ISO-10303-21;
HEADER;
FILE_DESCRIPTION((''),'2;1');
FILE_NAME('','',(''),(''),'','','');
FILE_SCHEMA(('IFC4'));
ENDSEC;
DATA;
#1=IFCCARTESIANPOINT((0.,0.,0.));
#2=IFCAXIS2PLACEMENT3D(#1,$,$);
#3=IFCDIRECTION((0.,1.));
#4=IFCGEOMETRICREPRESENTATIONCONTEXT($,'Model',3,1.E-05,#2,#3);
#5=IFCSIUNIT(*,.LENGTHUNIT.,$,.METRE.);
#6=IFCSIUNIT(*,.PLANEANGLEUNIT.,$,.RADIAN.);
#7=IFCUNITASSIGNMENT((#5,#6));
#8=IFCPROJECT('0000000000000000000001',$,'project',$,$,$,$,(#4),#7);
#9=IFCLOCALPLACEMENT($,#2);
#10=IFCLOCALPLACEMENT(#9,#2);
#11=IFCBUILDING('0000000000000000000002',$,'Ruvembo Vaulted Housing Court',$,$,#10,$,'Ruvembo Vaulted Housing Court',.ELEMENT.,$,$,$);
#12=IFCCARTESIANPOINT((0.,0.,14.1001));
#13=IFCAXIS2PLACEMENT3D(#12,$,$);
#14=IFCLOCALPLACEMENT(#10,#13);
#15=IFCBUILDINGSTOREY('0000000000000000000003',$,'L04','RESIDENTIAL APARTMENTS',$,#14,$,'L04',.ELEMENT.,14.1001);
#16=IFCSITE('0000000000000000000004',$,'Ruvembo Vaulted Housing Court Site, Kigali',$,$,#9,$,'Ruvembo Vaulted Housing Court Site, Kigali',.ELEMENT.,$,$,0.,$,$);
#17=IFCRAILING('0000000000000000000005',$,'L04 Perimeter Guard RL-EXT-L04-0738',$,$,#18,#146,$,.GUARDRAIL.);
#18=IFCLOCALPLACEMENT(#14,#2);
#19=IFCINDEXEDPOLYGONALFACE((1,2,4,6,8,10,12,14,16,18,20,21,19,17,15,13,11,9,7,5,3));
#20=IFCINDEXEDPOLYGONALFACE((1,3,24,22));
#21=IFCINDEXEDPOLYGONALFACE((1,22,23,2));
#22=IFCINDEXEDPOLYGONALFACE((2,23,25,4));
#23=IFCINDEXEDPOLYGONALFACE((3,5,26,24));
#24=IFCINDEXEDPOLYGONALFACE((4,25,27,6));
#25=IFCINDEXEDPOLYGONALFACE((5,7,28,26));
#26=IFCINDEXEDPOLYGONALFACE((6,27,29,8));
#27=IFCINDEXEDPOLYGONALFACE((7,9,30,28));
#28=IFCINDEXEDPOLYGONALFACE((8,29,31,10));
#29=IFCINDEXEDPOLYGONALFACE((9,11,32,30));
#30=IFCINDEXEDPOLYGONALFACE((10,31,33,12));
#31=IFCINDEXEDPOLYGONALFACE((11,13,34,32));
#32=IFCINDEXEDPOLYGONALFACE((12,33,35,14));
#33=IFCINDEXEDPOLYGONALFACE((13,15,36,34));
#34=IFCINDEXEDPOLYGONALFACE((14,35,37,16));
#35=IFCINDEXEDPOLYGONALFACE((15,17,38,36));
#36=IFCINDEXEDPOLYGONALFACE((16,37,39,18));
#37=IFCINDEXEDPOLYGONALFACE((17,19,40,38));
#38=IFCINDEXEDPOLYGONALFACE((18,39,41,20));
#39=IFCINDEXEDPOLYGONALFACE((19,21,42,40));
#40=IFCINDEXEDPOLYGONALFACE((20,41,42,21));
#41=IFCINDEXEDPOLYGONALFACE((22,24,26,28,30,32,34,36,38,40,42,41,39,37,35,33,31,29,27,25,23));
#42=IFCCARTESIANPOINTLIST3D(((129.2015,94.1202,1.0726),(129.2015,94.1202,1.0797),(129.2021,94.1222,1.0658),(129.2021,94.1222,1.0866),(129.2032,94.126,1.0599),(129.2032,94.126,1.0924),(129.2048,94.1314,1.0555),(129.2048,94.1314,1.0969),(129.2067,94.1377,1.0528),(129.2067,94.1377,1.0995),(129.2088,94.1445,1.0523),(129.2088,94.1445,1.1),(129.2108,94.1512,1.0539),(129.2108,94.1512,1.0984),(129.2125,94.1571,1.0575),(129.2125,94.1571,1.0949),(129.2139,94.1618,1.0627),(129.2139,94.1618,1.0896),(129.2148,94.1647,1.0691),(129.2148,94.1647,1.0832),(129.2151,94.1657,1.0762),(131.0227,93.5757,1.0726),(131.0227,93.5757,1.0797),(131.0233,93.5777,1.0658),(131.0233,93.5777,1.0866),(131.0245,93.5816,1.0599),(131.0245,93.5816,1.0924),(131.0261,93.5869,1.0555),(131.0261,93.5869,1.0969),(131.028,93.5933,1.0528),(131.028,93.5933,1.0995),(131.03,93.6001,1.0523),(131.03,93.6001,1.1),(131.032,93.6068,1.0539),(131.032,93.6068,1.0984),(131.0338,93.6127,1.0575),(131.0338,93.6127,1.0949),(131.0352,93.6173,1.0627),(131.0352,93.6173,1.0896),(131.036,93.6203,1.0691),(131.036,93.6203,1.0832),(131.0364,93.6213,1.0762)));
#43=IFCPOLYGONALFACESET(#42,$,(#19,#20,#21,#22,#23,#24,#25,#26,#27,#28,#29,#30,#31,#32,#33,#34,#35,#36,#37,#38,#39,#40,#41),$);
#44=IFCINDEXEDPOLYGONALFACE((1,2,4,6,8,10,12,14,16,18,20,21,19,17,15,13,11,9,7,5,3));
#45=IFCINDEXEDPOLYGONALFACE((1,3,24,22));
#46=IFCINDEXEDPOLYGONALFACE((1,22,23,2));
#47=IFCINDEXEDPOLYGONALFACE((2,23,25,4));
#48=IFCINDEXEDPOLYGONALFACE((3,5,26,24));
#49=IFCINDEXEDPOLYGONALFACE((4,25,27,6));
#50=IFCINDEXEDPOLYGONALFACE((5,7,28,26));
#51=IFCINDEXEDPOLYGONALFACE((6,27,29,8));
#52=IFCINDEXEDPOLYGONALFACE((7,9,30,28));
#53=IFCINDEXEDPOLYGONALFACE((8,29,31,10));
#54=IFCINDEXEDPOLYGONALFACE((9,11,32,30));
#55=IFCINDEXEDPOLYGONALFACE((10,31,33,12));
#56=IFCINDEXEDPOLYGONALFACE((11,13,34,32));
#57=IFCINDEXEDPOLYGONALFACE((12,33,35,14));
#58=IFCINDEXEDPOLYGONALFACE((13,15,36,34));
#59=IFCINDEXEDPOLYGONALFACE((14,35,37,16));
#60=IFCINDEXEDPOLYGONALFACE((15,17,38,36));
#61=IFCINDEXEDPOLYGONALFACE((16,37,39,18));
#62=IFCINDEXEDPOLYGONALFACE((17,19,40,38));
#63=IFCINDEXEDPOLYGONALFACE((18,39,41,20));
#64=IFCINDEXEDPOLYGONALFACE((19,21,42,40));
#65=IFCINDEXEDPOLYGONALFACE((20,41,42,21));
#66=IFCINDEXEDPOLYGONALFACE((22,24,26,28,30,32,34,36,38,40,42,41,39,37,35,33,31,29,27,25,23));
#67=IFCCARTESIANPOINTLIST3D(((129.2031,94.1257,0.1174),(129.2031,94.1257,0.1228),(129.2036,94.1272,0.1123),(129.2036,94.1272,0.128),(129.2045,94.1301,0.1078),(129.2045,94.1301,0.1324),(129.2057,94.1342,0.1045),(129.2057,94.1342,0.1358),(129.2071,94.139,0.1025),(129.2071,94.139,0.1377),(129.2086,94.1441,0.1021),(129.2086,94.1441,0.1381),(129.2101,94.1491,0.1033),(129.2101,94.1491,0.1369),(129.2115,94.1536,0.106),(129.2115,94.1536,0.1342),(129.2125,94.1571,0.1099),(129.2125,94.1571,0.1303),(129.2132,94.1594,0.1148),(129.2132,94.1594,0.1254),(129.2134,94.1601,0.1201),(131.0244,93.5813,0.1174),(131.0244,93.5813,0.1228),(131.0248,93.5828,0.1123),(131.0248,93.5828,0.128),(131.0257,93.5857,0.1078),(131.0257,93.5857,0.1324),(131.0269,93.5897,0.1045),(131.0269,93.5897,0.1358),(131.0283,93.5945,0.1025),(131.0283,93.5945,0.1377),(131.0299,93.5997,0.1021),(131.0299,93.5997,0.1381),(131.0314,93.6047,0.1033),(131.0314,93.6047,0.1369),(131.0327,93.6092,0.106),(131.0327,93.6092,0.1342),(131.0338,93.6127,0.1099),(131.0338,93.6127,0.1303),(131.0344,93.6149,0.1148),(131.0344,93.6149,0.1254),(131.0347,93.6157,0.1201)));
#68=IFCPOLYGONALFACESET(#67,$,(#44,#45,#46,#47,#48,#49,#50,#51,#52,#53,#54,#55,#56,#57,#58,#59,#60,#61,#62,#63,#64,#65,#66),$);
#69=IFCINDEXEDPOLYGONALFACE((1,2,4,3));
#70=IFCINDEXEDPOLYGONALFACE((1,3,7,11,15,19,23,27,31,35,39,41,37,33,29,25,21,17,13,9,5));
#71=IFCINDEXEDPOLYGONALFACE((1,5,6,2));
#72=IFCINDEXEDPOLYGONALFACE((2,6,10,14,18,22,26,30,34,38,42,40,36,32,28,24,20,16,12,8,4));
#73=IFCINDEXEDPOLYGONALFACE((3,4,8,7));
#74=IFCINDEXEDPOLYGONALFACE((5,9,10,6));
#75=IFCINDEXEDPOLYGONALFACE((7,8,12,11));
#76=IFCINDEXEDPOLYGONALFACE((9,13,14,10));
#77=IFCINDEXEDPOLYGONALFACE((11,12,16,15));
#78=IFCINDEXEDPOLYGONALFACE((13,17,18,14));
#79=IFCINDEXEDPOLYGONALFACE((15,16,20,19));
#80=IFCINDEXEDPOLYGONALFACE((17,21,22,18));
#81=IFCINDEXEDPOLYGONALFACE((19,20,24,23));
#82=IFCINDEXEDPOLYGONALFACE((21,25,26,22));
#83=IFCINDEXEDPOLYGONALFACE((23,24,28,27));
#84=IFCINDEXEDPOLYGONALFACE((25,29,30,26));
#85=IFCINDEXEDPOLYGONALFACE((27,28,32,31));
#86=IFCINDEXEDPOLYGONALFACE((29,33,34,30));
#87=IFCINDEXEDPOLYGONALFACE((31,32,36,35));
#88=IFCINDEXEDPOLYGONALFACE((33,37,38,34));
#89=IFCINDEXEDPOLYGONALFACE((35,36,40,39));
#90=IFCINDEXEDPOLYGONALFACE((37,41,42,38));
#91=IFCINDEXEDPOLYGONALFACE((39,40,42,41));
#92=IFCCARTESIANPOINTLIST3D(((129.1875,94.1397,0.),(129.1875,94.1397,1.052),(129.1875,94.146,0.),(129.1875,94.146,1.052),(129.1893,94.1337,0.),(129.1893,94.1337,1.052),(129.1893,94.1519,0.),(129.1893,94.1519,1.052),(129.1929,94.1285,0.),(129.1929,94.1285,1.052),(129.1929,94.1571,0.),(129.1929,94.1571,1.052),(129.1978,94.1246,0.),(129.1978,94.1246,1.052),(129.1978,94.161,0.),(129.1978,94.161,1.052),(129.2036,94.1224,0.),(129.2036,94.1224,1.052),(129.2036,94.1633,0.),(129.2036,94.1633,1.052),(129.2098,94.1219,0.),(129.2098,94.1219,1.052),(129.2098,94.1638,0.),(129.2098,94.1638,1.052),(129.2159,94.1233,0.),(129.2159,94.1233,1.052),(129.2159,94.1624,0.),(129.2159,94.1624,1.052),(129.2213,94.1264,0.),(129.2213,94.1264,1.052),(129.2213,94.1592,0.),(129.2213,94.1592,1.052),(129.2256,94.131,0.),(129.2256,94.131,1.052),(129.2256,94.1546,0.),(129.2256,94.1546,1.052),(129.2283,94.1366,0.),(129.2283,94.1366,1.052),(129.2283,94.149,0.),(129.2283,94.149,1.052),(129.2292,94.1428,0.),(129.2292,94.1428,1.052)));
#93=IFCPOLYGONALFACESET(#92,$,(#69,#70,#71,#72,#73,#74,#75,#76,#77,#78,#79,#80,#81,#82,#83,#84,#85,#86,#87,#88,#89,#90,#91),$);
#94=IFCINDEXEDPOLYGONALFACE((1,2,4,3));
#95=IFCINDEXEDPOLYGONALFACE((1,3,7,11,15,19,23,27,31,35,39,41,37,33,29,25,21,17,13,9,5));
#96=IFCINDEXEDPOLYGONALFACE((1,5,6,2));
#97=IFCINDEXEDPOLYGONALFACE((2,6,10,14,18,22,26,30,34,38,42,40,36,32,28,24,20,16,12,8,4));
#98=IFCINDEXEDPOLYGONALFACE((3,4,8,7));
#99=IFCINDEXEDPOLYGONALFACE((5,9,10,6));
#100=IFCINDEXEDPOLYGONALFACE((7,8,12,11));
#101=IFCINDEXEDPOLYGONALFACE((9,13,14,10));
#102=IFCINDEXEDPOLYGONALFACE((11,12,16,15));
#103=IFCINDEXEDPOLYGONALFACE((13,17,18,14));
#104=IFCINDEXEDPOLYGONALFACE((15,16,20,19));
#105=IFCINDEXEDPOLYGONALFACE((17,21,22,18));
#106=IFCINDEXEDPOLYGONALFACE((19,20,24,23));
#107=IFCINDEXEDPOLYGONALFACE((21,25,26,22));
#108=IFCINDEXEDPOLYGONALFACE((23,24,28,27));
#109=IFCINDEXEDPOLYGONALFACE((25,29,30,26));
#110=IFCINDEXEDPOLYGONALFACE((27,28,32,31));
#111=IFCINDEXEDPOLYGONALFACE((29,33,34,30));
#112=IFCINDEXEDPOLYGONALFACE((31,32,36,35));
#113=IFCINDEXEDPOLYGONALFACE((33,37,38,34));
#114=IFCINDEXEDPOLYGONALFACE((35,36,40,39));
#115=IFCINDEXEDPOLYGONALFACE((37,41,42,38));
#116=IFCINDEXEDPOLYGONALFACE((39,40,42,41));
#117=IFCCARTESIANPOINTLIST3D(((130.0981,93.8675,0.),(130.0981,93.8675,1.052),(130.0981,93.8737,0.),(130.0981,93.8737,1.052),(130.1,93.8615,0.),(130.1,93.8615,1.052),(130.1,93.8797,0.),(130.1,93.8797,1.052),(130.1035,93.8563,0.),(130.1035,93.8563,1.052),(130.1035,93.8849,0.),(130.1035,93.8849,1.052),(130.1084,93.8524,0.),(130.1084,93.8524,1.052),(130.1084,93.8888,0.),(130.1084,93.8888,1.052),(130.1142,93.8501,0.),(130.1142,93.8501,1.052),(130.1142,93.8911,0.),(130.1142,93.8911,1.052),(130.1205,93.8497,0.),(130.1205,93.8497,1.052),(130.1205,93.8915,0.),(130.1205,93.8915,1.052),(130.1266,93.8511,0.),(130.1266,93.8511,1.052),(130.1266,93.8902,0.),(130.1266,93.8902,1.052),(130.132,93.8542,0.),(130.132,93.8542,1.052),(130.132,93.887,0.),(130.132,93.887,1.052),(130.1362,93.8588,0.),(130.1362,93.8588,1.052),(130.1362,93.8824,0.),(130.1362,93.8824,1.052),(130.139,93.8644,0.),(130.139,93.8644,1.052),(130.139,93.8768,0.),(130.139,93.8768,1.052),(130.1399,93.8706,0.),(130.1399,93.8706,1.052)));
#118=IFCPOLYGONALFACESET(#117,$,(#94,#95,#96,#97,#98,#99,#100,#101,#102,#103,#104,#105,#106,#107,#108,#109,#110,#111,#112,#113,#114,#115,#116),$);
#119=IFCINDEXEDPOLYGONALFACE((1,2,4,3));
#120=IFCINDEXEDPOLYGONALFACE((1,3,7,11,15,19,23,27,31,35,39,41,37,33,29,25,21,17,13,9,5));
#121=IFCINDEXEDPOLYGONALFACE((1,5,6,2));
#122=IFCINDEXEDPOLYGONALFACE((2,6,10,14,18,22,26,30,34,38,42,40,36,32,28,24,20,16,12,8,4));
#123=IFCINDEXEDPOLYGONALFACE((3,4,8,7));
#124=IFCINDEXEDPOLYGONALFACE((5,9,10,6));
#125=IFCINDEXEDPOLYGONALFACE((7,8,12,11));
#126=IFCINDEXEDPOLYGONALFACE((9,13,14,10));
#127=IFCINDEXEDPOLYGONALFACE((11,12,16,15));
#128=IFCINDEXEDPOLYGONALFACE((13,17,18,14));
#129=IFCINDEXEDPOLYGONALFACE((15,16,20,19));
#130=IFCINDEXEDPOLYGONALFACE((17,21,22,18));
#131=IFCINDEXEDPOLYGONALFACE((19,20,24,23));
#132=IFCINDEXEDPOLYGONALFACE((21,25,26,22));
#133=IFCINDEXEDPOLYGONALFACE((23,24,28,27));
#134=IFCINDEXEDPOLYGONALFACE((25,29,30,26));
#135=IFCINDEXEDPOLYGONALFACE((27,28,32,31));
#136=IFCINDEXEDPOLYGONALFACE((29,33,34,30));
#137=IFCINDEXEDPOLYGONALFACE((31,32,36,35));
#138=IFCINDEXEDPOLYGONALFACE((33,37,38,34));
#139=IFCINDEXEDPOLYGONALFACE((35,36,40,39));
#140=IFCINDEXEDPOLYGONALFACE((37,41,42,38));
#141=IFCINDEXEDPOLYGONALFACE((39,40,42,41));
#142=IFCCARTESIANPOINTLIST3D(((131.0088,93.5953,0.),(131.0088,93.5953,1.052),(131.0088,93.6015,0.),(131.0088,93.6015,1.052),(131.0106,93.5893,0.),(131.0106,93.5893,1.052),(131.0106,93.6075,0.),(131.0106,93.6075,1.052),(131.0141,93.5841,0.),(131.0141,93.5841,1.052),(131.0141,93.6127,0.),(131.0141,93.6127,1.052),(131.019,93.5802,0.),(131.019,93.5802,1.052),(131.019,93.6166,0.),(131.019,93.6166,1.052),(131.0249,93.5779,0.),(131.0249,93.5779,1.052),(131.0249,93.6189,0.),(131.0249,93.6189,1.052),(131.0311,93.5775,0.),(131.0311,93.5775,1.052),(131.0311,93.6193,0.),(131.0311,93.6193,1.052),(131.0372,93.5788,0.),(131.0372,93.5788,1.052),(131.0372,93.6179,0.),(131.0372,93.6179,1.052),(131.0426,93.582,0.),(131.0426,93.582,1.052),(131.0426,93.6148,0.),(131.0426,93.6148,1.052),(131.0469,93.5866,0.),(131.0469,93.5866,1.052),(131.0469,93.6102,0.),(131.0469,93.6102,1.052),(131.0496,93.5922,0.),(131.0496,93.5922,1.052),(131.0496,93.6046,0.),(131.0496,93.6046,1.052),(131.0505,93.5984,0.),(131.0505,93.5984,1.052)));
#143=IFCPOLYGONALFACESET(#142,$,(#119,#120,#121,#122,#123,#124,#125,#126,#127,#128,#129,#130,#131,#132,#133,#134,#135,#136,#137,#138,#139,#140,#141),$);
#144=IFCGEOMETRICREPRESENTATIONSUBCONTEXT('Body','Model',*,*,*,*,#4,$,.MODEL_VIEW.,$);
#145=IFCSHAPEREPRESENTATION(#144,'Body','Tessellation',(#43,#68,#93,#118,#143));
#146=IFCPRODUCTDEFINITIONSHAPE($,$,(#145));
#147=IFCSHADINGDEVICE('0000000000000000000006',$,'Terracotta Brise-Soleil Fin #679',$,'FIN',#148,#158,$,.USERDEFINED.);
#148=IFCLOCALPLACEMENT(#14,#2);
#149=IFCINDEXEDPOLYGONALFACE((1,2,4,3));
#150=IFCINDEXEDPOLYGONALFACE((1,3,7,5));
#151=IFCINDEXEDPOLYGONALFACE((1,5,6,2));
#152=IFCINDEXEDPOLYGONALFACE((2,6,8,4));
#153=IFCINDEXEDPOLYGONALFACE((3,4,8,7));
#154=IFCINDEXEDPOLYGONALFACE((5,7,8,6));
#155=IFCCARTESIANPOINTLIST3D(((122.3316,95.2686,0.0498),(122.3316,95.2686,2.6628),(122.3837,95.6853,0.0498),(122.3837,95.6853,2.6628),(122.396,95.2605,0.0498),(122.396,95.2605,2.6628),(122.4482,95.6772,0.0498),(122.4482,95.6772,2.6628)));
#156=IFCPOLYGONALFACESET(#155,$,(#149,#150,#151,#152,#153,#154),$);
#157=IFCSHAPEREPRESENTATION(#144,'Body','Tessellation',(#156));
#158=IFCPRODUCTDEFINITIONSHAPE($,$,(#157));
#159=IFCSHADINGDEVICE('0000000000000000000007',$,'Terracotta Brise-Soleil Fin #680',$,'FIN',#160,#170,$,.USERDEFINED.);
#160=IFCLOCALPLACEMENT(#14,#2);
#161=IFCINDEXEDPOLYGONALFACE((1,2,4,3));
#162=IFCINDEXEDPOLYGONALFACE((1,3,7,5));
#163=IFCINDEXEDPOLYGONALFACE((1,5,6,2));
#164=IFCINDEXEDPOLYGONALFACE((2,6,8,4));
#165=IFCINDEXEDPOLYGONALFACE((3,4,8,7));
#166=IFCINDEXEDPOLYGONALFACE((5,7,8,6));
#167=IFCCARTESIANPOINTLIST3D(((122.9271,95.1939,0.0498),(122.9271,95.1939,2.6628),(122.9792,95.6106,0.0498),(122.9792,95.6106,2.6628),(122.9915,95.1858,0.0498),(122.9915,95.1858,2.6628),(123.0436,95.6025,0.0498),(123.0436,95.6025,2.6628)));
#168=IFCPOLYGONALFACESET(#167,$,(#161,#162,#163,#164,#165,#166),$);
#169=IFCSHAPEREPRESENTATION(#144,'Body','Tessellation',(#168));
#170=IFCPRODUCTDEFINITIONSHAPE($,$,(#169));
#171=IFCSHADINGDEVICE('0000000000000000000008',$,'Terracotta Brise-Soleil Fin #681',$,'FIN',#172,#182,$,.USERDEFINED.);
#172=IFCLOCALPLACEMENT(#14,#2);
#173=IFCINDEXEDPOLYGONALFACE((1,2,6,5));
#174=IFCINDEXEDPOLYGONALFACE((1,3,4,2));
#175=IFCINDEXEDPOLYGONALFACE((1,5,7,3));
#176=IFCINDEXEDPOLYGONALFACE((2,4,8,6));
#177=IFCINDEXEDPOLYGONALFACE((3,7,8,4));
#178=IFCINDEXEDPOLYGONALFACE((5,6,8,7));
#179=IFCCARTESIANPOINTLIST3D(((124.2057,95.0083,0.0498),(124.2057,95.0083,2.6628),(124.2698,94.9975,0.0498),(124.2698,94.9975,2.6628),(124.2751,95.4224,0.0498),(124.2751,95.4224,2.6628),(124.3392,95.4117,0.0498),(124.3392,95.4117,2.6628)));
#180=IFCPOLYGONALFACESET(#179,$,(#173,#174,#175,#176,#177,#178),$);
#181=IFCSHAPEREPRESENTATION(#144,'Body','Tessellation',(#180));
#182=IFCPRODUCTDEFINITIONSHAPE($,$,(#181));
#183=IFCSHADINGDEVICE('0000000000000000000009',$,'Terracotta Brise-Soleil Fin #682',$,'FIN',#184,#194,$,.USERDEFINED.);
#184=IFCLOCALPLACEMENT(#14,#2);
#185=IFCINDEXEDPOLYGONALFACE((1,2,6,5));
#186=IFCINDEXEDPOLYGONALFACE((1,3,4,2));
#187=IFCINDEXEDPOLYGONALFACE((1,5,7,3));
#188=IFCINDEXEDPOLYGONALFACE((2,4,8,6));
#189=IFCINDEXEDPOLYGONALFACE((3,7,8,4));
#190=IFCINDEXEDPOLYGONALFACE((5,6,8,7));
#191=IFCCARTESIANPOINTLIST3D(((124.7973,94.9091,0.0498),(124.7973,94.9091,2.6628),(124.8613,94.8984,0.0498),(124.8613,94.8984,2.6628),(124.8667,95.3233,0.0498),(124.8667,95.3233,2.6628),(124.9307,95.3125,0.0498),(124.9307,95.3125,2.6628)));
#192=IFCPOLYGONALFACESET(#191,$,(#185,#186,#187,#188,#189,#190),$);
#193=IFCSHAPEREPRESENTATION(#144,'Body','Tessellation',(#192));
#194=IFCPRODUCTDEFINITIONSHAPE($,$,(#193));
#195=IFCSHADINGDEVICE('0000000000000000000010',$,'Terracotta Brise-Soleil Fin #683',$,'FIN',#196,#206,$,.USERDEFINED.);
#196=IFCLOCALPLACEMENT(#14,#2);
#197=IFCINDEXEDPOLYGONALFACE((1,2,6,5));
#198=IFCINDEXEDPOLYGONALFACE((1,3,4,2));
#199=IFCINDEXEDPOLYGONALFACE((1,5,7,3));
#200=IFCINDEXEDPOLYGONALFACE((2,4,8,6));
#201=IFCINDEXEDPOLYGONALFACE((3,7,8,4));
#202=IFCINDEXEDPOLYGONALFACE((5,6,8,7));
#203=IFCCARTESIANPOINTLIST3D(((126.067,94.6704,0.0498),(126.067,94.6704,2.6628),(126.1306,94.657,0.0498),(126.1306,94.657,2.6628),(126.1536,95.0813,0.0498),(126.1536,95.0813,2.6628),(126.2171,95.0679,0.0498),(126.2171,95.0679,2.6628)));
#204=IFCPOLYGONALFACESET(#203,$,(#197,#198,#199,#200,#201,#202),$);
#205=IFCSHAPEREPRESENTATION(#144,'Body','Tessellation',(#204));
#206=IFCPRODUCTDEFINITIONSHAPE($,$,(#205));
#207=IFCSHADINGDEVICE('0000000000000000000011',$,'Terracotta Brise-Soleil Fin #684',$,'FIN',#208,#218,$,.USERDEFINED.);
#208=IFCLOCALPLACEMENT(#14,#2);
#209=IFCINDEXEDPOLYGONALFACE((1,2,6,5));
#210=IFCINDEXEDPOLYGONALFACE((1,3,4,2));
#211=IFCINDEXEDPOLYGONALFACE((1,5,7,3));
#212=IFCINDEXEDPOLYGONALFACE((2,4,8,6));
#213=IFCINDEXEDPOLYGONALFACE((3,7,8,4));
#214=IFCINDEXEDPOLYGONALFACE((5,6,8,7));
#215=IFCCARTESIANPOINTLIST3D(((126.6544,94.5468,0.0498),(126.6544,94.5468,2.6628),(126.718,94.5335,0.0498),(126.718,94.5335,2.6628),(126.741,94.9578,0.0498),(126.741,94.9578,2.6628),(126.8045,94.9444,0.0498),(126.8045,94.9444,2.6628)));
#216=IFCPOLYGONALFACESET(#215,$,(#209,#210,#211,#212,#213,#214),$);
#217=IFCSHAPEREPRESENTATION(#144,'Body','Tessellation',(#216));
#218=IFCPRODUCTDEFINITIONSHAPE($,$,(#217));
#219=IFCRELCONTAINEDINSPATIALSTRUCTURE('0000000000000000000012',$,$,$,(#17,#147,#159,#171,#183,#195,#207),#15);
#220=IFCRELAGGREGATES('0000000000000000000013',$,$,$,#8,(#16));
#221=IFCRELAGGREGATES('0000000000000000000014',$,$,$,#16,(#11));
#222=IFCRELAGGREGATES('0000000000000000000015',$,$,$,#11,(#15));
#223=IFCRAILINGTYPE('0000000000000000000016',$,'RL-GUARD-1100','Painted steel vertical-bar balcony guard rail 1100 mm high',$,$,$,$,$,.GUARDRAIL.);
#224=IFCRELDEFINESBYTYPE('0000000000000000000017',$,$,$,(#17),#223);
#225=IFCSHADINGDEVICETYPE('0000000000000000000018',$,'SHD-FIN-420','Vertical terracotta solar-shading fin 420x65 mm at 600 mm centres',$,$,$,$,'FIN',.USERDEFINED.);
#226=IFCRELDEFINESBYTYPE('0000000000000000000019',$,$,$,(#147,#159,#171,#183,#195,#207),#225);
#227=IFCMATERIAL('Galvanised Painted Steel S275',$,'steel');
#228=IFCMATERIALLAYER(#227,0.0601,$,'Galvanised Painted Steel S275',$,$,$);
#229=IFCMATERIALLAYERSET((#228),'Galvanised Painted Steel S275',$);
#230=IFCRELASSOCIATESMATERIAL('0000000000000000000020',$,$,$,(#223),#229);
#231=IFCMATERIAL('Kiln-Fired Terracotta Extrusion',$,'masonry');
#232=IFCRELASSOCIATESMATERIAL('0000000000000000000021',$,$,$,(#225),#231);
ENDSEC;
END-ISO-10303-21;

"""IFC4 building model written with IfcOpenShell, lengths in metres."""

from ifc_helpers import new_model, si_unit, direction, frame, origin, origin_2d, place, context, subcontext, project, spatial, rectangle, circle, extrude, material, layer, layer_set, type_object, element, save


model = new_model("IFC4")

# Units and contexts
model_context = context("Model", 3, precision=1e-05, world=origin(), true_north=direction((0.0, 1.0)))
body_context = subcontext(model_context, "Body", "Model", "MODEL_VIEW")
ifc_project = project(units=[si_unit("LENGTHUNIT", "METRE"), si_unit("PLANEANGLEUNIT", "RADIAN")], contexts=[model_context])

# Site, building, storey
site_placement = place(None, origin())
site = spatial("IfcSite", under=ifc_project, at=site_placement, Name="Ruvembo Vaulted Housing Court Site, Kigali", LongName="Ruvembo Vaulted Housing Court Site, Kigali", CompositionType="ELEMENT", RefElevation=0.0)
building_placement = place(site_placement, origin())
building = spatial("IfcBuilding", under=site, at=building_placement, Name="Ruvembo Vaulted Housing Court", LongName="Ruvembo Vaulted Housing Court", CompositionType="ELEMENT")
storey_placement = place(building_placement, frame((0.0, 0.0, 14.1001)))
storey = spatial("IfcBuildingStorey", under=building, at=storey_placement, Name="L04", Description="RESIDENTIAL APARTMENTS", LongName="L04", CompositionType="ELEMENT", Elevation=14.1001)

# Railing
ifc_material_1 = material(Name="Galvanised Painted Steel S275", Category="steel")
ifc_layer = layer(ifc_material_1, 0.0601, Name="Galvanised Painted Steel S275")
ifc_layer_set = layer_set([ifc_layer], Name="Galvanised Painted Steel S275")
railing_type = type_object("IfcRailingType", Name="RL-GUARD-1100", Description="Painted steel vertical-bar balcony guard rail 1100 mm high", PredefinedType="GUARDRAIL", material=ifc_layer_set)
railing_1_placement = place(storey_placement, frame((129.2083, 94.1428, 0.0)))
element("IfcRailing", 1, at=railing_1_placement, inside=storey, type_object=railing_type, Name="L04 Perimeter Guard RL-EXT-L04-0738", PredefinedType="GUARDRAIL", context=body_context, shape_type="SweptSolid", body=[
    extrude(circle(Radius=0.0239, at=origin_2d()), frame((0.0, 0.0, 1.0762), z_axis=(0.958109, -0.286405, 0.0), x_axis=(0.286405, 0.958109, 0.0)), (0.0, 0.0, 1.0), 1.9009),
    extrude(circle(Radius=0.0181, at=origin_2d()), frame((0.0, 0.0, 0.1201), z_axis=(0.958109, -0.286405, 0.0), x_axis=(0.286405, 0.958109, 0.0)), (0.0, 0.0, 1.0), 1.9009),
    extrude(circle(Radius=0.021, at=origin_2d()), origin(), (0.0, 0.0, 1.0), 1.052),
    extrude(circle(Radius=0.021, at=origin_2d()), frame((0.9106, -0.2722, 0.0)), (0.0, 0.0, 1.0), 1.052),
    extrude(circle(Radius=0.021, at=origin_2d()), frame((1.8213, -0.5444, 0.0)), (0.0, 0.0, 1.0), 1.052),
])

# Shading devices
ifc_material_2 = material(Name="Kiln-Fired Terracotta Extrusion", Category="masonry")
shading_device_type = type_object("IfcShadingDeviceType", Name="SHD-FIN-420", Description="Vertical terracotta solar-shading fin 420x65 mm at 600 mm centres", ElementType="FIN", PredefinedType="USERDEFINED", material=ifc_material_2)
for number, where, z_axis, x_axis, name in (
    (2, (122.3899, 95.4729, 0.0498), (0.0, 0.0, 1.0), (-0.12419, -0.992258, 0.0), "Terracotta Brise-Soleil Fin #679"),
    (3, (122.9854, 95.3982, 0.0498), (0.0, 0.0, 1.0), (-0.12419, -0.992258, 0.0), "Terracotta Brise-Soleil Fin #680"),
    (4, (124.2725, 95.21, 0.0498), (0.0, 0.0, 1.0), (-0.165271, -0.986248, 0.0), "Terracotta Brise-Soleil Fin #681"),
    (5, (124.864, 95.1108, 0.0498), (0.0, 0.0, 1.0), (-0.165271, -0.986248, 0.0), "Terracotta Brise-Soleil Fin #682"),
    (6, (126.1421, 94.8691, 0.0498), (0.0, 0.0, 1.0), (-0.206102, -0.978531, 0.0), "Terracotta Brise-Soleil Fin #683"),
    (7, (126.7295, 94.7456, 0.0498), (0.0, 0.0, 1.0), (-0.206102, -0.978531, 0.0), "Terracotta Brise-Soleil Fin #684"),
):
    element("IfcShadingDevice", number, at=place(storey_placement, frame(where, z_axis=z_axis, x_axis=x_axis)), inside=storey, type_object=shading_device_type, Name=name, ObjectType="FIN", PredefinedType="USERDEFINED", context=body_context, shape_type="SweptSolid", body=[
        extrude(rectangle(XDim=0.4199, YDim=0.0649, at=origin_2d()), origin(), (0.0, 0.0, 1.0), 2.613),
    ])

save(model, "model.ifc")
